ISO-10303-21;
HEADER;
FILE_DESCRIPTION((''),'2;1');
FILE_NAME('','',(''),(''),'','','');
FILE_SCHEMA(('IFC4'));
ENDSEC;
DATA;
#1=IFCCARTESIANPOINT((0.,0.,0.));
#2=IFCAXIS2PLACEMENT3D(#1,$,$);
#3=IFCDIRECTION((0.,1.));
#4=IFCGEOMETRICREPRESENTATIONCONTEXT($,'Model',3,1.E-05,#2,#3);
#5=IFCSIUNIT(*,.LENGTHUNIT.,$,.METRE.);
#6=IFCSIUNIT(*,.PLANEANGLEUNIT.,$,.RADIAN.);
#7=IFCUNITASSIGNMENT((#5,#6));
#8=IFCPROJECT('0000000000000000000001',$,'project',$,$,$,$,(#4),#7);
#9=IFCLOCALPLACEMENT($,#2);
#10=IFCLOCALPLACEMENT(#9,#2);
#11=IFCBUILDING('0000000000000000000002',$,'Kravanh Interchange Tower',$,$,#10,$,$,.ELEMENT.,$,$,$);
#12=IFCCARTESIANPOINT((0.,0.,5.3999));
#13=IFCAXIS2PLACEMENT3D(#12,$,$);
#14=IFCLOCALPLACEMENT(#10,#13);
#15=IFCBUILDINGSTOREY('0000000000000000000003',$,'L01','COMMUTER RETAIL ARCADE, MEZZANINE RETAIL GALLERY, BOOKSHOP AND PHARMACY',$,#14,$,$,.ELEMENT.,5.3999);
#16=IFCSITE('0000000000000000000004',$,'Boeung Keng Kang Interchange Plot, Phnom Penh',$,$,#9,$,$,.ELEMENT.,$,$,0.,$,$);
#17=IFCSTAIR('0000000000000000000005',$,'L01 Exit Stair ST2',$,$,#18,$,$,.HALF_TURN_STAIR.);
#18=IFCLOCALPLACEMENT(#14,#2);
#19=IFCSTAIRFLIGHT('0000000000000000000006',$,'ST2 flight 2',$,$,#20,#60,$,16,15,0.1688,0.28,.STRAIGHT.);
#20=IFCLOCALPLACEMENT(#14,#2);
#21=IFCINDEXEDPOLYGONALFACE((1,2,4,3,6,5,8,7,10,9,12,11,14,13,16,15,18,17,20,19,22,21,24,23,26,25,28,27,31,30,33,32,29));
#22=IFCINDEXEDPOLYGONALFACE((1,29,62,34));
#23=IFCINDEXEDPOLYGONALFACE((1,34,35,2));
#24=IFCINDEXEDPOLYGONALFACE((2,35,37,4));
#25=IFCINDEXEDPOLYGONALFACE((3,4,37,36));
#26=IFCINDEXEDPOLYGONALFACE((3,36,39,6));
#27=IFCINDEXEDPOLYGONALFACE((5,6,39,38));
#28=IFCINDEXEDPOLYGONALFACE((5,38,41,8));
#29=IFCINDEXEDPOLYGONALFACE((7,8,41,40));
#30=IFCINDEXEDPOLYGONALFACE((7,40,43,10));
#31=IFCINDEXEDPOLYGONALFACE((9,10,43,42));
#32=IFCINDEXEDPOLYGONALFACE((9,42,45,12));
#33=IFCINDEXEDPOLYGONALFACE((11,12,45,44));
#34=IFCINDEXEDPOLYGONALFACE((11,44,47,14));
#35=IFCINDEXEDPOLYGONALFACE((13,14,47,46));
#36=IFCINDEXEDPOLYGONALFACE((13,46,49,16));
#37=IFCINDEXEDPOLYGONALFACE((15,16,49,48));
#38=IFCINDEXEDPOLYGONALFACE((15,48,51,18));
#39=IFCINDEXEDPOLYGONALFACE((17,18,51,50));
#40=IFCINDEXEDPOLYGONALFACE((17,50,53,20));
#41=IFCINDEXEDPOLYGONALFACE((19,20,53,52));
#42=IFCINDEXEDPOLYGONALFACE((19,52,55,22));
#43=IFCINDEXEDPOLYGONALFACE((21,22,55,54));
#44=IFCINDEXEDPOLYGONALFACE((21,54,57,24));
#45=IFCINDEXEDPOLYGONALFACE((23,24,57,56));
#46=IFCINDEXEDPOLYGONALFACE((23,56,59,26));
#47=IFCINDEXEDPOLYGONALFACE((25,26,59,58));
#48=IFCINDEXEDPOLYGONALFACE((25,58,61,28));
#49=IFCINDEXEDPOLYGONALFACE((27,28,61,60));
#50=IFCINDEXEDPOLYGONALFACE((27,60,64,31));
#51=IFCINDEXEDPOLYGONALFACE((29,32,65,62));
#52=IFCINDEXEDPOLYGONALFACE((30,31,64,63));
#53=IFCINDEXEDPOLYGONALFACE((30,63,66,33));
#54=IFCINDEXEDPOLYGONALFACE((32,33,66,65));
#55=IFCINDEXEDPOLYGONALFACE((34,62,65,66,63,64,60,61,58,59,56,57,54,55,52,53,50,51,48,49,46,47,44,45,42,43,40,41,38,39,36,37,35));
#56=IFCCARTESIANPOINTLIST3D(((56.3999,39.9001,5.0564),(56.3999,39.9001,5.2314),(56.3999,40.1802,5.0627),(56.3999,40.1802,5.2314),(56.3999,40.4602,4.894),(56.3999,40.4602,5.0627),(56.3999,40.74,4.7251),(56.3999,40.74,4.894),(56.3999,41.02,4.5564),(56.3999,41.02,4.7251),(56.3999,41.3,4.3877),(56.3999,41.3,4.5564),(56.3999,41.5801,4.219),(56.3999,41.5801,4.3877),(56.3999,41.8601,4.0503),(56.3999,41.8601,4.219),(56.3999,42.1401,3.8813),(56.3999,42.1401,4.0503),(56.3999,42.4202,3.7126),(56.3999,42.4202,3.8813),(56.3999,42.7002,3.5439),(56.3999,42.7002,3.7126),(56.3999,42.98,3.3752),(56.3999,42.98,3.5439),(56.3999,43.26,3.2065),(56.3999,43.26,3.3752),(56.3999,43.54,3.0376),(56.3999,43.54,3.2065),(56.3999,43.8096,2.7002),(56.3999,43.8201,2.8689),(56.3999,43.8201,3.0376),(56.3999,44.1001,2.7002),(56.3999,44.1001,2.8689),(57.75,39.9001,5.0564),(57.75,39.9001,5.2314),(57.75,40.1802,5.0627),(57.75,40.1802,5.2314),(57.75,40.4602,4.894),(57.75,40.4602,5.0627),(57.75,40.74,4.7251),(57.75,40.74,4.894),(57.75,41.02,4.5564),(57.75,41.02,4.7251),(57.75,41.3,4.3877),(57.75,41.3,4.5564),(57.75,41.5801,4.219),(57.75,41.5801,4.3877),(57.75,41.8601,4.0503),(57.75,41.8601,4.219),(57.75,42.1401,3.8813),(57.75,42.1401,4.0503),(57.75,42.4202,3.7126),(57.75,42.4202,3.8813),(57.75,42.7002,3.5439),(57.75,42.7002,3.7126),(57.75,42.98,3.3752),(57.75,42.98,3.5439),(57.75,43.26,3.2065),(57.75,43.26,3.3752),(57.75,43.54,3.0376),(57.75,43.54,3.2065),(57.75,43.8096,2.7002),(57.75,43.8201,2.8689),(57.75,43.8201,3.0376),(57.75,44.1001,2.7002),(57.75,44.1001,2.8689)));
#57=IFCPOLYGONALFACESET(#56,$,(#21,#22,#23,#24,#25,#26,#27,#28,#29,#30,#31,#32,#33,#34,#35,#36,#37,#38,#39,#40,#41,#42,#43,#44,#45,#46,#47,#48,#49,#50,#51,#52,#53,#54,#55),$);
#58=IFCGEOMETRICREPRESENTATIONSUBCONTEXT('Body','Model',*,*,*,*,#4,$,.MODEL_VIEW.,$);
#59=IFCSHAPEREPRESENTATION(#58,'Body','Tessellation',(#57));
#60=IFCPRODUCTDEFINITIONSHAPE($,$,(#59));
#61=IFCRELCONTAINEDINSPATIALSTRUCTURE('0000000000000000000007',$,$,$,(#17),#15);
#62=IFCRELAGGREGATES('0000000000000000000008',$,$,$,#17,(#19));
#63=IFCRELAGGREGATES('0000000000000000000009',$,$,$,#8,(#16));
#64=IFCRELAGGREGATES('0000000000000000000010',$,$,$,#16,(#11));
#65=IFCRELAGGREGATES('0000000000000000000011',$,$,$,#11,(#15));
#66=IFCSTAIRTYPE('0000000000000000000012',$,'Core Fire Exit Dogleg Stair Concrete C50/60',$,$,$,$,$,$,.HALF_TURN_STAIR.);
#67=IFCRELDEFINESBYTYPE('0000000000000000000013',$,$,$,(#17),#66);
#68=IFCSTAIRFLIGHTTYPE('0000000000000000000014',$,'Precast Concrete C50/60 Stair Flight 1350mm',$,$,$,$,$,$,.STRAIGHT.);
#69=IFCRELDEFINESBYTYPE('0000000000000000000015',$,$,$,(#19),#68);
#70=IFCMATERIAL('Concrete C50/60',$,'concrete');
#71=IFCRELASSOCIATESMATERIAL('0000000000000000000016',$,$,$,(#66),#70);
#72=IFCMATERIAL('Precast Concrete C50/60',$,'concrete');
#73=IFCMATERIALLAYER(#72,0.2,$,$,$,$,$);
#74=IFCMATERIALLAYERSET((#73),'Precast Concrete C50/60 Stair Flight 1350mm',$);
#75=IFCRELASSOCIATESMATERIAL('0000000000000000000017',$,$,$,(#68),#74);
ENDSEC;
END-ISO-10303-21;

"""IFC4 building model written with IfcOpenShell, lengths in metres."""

from ifc_helpers import new_model, si_unit, direction, frame, origin, place, context, subcontext, project, spatial, polyline, outline, extrude, material, layer, layer_set, type_object, element, aggregate, save


model = new_model("IFC4")

# Units and contexts
model_context = context("Model", 3, precision=1e-05, world=origin(), true_north=direction((0.0, 1.0)))
body_context = subcontext(model_context, "Body", "Model", "MODEL_VIEW")
ifc_project = project(units=[si_unit("LENGTHUNIT", "METRE"), si_unit("PLANEANGLEUNIT", "RADIAN")], contexts=[model_context])

# Site, building, storey
site_placement = place(None, origin())
site = spatial("IfcSite", under=ifc_project, at=site_placement, Name="Boeung Keng Kang Interchange Plot, Phnom Penh", CompositionType="ELEMENT", RefElevation=0.0)
building_placement = place(site_placement, origin())
building = spatial("IfcBuilding", under=site, at=building_placement, Name="Kravanh Interchange Tower", CompositionType="ELEMENT")
storey_placement = place(building_placement, frame((0.0, 0.0, 5.3999)))
storey = spatial("IfcBuildingStorey", under=building, at=storey_placement, Name="L01", Description="COMMUTER RETAIL ARCADE, MEZZANINE RETAIL GALLERY, BOOKSHOP AND PHARMACY", CompositionType="ELEMENT", Elevation=5.3999)

# Stair, stair flight
ifc_material_1 = material(Name="Concrete C50/60", Category="concrete")
stair_type = type_object("IfcStairType", Name="Core Fire Exit Dogleg Stair Concrete C50/60", PredefinedType="HALF_TURN_STAIR", material=ifc_material_1)
ifc_material_2 = material(Name="Precast Concrete C50/60", Category="concrete")
ifc_layer_1 = layer(ifc_material_2, 0.2)
ifc_layer_set_1 = layer_set([ifc_layer_1], Name="Precast Concrete C50/60 Stair Flight 1350mm")
stair_flight_type = type_object("IfcStairFlightType", Name="Precast Concrete C50/60 Stair Flight 1350mm", PredefinedType="STRAIGHT", material=ifc_layer_set_1)
stair_1_placement = place(storey_placement, origin())
stair_1 = element("IfcStair", 1, at=stair_1_placement, inside=storey, type_object=stair_type, Name="L01 Exit Stair ST2", PredefinedType="HALF_TURN_STAIR")
stair_flight_1_placement = place(storey_placement, frame((57.075, 44.1001, 2.7002), z_axis=(0.0, 0.0, 1.0), x_axis=(0.0, -1.0, 0.0)))
stair_flight_1 = element("IfcStairFlight", 2, at=stair_flight_1_placement, type_object=stair_flight_type, Name="ST2 flight 2", NumberOfRisers=16, NumberOfTreads=15, PredefinedType="STRAIGHT", RiserHeight=0.1688, TreadLength=0.28, context=body_context, shape_type="SweptSolid", body=[
    extrude(outline(polyline([(0.0, 0.0), (0.0, 0.1687), (0.28, 0.1687), (0.28, 0.3374), (0.5601, 0.3374), (0.5601, 0.5063), (0.8401, 0.5063), (0.8401, 0.675), (1.1201, 0.675), (1.1201, 0.8438), (1.3999, 0.8438), (1.3999, 1.0125), (1.6799, 1.0125), (1.6799, 1.1812), (1.96, 1.1812), (1.96, 1.3501), (2.24, 1.3501), (2.24, 1.5188), (2.52, 1.5188), (2.52, 1.6875), (2.8, 1.6875), (2.8, 1.8562), (3.0801, 1.8562), (3.0801, 2.0249), (3.3601, 2.0249), (3.3601, 2.1938), (3.6399, 2.1938), (3.6399, 2.3625), (3.9199, 2.3625), (3.9199, 2.5312), (4.2, 2.5312), (4.2, 2.7), (4.2, 2.3562), (0.2905, 0.0), (0.0, 0.0)])), frame((0.0, 0.675, 0.0), z_axis=(0.0, -1.0, 0.0), x_axis=(1.0, 0.0, 0.0)), (0.0, 0.0, 1.0), 1.3501),
])
aggregate(stair_1, [stair_flight_1])

save(model, "model.ifc")
